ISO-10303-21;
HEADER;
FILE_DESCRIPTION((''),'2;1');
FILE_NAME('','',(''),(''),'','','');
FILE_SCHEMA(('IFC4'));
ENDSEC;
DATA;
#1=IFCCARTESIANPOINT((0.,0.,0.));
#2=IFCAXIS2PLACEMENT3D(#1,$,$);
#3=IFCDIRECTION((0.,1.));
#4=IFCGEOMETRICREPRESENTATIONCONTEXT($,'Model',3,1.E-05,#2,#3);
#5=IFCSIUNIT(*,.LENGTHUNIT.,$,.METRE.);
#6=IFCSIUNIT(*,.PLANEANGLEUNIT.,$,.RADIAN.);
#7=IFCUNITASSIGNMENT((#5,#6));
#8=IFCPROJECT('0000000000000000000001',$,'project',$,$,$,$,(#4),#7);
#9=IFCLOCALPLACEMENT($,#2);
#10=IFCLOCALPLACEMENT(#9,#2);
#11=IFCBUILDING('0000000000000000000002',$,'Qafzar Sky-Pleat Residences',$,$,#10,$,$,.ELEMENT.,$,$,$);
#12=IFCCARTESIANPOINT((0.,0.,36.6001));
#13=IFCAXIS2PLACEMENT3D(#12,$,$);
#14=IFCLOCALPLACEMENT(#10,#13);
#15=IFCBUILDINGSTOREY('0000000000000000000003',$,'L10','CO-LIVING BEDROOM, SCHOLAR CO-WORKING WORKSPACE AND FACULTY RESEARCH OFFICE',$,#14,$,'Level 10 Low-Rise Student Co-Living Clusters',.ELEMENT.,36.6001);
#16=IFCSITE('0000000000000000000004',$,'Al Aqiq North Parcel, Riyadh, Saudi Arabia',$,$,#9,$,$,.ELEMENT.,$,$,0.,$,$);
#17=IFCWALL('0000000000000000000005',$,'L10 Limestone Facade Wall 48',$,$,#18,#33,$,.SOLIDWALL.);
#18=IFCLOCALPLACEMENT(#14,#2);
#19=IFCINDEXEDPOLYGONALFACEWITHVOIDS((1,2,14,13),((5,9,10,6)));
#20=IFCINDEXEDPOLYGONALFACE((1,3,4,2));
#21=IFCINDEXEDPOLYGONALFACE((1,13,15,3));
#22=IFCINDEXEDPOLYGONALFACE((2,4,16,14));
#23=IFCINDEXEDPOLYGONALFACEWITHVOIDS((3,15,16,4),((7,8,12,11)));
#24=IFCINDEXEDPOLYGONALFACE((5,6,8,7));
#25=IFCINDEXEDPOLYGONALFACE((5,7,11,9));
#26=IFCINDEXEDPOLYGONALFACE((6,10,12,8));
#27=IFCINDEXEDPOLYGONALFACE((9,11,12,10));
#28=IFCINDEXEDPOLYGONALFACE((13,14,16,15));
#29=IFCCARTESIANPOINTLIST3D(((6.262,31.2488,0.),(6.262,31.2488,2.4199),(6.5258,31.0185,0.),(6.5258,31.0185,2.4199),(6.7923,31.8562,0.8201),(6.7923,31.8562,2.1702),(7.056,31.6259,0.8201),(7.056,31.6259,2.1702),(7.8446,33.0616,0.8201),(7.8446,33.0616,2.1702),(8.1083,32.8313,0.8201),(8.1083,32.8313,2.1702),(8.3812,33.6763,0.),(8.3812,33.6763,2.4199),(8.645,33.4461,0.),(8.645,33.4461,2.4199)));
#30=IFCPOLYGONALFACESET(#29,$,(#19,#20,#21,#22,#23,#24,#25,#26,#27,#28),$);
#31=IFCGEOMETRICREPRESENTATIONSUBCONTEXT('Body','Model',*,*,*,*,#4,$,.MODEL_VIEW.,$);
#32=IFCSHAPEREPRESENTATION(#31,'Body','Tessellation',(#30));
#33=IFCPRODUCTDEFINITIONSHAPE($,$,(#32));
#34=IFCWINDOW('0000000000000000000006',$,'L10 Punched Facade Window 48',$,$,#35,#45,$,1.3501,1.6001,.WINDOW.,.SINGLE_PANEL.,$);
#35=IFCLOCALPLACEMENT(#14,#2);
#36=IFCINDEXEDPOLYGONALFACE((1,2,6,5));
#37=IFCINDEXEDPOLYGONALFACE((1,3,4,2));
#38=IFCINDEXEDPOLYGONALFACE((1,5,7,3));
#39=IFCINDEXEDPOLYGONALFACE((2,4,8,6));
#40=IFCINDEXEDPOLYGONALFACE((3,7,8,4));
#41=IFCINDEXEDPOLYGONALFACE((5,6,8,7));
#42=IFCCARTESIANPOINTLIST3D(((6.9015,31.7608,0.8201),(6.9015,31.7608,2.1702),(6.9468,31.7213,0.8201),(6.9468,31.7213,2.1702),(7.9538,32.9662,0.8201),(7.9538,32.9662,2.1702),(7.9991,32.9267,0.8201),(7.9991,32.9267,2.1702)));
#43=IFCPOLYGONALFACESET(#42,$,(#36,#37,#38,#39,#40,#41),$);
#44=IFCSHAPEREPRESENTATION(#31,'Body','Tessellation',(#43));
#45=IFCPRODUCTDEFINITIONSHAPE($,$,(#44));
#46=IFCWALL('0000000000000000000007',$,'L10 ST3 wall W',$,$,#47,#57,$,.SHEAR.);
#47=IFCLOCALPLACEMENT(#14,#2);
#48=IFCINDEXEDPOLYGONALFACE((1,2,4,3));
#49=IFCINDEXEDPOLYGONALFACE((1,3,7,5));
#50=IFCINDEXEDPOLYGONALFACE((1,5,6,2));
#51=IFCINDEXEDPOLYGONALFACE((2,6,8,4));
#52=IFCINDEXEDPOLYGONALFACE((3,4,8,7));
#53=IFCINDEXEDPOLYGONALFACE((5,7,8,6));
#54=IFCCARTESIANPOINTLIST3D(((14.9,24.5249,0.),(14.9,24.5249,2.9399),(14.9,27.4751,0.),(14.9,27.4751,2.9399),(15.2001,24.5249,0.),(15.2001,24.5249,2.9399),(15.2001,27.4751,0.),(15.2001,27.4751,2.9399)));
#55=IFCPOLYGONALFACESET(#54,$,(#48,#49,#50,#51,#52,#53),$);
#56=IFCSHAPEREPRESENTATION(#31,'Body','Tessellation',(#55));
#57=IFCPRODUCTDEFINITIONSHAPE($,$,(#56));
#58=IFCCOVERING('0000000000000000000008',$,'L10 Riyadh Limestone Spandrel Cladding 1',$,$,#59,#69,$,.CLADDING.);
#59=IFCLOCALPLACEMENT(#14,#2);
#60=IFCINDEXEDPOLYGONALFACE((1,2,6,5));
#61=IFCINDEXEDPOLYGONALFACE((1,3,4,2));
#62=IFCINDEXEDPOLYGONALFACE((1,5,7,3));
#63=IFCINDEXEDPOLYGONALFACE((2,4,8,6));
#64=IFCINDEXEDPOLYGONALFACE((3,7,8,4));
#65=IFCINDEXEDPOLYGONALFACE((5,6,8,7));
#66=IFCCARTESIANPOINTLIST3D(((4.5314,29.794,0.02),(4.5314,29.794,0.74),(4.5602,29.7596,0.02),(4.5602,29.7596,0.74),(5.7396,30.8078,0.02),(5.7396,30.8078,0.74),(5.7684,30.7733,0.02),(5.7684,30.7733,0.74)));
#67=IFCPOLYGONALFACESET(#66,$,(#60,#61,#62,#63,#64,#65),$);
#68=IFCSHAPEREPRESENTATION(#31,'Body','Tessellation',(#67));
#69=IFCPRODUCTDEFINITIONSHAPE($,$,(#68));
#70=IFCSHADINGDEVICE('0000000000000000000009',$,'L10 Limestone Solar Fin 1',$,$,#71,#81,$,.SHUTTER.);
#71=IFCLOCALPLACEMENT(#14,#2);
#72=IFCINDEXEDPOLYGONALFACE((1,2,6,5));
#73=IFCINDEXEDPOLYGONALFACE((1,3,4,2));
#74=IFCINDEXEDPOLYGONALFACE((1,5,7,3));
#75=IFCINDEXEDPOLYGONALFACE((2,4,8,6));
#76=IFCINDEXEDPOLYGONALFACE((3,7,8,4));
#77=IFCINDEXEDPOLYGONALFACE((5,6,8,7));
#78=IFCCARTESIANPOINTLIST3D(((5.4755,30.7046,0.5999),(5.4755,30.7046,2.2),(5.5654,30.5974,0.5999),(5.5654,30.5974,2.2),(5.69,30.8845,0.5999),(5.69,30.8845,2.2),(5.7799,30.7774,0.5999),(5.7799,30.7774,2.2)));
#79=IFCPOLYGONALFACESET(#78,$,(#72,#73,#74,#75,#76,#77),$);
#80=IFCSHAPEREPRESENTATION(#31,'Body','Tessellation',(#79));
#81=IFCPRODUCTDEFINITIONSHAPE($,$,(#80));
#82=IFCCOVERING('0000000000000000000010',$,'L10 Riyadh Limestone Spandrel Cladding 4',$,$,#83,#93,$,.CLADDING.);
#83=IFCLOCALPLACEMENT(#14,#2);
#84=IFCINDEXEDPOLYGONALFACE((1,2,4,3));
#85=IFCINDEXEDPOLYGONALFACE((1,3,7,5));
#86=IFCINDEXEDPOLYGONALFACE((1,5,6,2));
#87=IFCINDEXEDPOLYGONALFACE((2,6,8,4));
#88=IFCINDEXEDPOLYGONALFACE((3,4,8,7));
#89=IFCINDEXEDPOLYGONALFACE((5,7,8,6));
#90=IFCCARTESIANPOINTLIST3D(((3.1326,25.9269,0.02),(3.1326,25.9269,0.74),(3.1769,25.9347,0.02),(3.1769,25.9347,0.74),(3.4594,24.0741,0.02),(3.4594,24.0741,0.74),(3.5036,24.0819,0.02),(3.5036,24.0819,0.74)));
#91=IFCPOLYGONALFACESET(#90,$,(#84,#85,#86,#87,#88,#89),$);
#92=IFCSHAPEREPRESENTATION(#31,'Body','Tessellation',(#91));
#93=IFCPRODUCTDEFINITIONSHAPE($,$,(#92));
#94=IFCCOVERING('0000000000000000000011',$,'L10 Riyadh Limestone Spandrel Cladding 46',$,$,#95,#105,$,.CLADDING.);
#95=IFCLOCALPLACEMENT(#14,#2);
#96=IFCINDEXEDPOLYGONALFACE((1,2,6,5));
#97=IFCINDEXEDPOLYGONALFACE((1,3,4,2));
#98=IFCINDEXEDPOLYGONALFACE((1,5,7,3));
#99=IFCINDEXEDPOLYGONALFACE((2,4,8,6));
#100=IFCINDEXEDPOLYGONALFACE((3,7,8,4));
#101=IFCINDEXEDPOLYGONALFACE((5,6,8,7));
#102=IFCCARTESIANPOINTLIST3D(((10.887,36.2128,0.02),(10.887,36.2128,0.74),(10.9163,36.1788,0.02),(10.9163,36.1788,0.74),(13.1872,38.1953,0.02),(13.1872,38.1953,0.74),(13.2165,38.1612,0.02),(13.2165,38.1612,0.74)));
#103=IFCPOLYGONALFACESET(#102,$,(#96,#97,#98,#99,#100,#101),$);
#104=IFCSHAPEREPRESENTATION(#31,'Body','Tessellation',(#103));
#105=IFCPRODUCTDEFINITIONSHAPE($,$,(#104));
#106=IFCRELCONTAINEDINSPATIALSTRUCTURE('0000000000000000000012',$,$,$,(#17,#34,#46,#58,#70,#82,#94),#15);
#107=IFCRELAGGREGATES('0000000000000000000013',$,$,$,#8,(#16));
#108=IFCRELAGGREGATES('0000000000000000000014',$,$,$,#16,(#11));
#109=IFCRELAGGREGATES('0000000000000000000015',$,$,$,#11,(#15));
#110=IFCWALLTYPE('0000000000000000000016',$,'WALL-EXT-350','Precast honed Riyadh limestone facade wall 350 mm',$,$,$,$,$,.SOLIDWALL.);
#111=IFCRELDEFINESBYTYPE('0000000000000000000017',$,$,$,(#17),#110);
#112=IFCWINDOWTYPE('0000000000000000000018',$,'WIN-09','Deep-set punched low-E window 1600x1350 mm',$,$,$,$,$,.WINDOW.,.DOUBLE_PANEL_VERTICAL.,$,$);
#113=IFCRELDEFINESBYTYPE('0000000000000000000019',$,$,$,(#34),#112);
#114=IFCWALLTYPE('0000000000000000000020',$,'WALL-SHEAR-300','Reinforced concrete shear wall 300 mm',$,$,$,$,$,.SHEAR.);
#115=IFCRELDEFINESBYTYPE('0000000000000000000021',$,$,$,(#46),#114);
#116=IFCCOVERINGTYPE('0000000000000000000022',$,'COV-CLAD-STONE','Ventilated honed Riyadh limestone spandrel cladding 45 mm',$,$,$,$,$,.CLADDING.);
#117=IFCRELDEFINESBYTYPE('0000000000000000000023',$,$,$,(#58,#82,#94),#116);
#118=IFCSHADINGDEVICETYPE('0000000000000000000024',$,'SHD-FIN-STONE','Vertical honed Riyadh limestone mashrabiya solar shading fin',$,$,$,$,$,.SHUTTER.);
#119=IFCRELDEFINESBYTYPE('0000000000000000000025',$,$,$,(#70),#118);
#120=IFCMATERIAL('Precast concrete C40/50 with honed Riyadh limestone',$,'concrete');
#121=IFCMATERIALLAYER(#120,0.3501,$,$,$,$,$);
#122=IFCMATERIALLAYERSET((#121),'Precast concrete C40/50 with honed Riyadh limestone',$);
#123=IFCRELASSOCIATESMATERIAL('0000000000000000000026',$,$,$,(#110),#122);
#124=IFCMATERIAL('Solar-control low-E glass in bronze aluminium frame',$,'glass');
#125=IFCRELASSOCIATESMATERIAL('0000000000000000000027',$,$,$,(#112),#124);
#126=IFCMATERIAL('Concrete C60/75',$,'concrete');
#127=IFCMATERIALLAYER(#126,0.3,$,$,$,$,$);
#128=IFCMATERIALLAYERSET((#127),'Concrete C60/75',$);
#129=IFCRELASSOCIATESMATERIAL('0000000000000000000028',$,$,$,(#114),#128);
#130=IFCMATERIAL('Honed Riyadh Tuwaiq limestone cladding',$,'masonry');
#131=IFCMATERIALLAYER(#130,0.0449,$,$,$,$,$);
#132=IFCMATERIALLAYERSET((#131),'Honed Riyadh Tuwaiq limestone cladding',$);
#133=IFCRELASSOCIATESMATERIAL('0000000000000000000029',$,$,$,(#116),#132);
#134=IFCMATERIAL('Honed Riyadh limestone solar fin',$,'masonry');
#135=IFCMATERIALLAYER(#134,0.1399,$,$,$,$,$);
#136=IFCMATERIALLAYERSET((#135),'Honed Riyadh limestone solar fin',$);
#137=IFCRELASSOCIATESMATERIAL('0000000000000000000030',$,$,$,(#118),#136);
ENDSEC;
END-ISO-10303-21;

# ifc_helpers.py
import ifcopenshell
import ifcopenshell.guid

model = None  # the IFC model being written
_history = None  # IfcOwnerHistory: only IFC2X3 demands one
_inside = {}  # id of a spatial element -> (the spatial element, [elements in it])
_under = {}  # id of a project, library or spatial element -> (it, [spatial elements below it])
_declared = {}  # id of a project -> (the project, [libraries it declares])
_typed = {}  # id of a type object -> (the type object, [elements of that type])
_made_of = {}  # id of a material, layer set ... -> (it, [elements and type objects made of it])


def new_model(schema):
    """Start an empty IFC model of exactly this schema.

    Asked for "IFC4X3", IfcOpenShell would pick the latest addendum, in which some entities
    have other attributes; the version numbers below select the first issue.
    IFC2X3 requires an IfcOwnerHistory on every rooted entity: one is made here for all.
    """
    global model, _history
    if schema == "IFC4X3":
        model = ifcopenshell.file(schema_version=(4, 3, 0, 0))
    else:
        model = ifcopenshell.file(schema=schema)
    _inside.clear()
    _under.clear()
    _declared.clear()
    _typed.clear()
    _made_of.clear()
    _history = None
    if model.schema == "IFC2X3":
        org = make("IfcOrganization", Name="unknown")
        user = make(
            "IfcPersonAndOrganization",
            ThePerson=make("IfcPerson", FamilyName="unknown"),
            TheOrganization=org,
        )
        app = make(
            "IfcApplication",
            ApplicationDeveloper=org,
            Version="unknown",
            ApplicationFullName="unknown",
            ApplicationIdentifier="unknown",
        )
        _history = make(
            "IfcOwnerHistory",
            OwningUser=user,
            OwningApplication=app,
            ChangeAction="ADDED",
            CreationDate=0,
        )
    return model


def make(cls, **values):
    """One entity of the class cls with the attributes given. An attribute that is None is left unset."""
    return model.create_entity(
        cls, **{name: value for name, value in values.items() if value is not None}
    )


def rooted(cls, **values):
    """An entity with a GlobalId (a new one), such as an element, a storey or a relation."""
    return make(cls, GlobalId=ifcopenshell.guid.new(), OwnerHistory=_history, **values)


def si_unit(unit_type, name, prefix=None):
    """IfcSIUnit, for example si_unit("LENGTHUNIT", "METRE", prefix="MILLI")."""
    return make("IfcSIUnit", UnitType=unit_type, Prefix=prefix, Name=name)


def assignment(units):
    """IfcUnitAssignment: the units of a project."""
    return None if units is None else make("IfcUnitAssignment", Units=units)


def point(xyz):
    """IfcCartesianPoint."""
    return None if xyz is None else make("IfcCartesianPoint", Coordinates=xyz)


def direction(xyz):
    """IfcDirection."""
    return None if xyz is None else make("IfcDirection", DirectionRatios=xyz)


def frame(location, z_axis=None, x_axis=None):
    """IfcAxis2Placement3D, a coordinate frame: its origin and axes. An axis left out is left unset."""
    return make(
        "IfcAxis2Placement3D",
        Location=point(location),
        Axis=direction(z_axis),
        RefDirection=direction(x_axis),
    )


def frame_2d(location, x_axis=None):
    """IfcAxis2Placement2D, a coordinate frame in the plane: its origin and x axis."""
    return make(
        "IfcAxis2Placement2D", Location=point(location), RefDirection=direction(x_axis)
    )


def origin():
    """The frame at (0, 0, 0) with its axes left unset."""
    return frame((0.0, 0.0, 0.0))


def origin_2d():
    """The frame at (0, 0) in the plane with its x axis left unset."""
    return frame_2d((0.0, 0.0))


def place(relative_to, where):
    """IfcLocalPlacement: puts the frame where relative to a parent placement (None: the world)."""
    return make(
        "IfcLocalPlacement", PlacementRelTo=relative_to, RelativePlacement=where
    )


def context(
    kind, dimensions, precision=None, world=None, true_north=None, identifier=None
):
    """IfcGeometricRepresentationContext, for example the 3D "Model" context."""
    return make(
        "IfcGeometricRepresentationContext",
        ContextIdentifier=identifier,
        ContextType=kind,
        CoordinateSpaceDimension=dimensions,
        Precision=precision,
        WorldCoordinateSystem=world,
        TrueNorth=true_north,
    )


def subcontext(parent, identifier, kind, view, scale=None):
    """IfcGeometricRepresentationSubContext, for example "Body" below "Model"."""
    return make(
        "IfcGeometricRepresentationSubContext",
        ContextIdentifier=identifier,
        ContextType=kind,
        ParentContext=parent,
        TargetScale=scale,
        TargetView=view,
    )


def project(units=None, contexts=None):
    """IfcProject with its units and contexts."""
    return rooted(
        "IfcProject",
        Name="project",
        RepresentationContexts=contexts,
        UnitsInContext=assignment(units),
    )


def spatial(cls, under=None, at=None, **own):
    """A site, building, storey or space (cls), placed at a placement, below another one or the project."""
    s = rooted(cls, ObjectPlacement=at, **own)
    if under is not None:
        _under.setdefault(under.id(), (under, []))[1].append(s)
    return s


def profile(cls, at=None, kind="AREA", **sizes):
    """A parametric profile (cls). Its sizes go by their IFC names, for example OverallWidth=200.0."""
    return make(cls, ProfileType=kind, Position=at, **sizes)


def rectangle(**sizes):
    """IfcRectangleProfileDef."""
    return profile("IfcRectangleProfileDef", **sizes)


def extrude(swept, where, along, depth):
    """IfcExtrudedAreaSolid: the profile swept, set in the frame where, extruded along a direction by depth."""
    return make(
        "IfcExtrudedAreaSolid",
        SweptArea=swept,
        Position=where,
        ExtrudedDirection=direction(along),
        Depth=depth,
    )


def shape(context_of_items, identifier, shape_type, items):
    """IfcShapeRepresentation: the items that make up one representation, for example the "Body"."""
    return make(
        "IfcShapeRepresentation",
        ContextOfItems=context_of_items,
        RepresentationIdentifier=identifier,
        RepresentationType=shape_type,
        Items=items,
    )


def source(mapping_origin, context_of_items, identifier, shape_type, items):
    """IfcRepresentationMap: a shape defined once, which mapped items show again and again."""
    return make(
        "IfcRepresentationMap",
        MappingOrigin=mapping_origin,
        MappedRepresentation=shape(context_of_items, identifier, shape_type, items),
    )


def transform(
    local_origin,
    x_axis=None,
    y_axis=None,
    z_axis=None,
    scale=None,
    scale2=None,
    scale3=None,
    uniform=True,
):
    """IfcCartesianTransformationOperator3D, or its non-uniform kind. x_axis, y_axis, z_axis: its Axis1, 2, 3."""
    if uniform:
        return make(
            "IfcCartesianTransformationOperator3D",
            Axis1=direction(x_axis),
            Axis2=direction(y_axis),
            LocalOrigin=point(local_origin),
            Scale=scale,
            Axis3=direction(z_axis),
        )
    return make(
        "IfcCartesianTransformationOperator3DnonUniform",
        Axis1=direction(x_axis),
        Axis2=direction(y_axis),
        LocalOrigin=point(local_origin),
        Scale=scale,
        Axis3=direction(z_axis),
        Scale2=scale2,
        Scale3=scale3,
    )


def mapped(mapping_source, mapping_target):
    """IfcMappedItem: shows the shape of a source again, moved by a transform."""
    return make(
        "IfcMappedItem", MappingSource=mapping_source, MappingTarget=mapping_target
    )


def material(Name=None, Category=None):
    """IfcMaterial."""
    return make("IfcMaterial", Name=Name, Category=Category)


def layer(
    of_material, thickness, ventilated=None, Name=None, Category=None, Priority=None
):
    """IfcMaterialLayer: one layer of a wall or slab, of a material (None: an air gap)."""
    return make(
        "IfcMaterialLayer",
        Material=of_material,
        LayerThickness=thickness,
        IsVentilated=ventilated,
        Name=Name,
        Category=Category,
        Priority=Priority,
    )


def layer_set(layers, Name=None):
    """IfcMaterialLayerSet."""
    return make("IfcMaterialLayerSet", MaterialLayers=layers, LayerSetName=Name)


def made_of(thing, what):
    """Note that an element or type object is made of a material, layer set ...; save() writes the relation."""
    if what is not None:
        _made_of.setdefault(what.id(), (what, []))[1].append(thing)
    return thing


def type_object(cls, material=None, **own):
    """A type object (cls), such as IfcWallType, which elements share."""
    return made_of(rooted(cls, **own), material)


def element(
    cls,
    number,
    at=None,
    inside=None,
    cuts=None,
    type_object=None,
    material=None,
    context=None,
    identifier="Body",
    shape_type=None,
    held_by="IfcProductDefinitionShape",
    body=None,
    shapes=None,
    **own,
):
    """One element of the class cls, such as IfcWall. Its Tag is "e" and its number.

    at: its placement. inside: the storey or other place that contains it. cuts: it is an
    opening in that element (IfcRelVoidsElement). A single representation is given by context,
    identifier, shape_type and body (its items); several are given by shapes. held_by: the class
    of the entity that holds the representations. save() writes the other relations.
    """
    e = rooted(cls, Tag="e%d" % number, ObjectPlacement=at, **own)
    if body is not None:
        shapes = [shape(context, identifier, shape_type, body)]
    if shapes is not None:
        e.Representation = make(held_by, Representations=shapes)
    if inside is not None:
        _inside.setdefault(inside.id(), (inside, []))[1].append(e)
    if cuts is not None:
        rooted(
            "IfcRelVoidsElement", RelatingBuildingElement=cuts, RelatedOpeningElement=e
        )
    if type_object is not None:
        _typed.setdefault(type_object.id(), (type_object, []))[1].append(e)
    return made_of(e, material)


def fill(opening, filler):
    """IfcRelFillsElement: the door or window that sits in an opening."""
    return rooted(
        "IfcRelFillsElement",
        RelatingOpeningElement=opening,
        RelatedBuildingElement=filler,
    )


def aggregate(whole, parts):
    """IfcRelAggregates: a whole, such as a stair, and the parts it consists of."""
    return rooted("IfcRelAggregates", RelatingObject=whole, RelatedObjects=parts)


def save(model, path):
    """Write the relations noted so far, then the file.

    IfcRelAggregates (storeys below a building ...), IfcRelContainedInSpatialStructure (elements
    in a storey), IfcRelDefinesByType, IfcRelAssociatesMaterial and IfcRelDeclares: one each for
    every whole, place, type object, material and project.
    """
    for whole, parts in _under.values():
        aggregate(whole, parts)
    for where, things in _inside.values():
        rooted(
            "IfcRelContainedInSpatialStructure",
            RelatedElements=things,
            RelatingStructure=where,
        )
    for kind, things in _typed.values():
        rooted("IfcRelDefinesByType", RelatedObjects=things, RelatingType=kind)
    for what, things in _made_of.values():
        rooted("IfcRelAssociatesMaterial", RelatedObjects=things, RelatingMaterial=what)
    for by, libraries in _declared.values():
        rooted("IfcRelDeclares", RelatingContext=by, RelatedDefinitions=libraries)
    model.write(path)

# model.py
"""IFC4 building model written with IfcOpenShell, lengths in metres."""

from ifc_helpers import new_model, si_unit, direction, frame, frame_2d, origin, origin_2d, place, context, subcontext, project, spatial, rectangle, extrude, source, transform, mapped, material, layer, layer_set, type_object, element, fill, save


model = new_model("IFC4")

# Units and contexts
model_context = context("Model", 3, precision=1e-05, world=origin(), true_north=direction((0.0, 1.0)))
body_context = subcontext(model_context, "Body", "Model", "MODEL_VIEW")
ifc_project = project(units=[si_unit("LENGTHUNIT", "METRE"), si_unit("PLANEANGLEUNIT", "RADIAN")], contexts=[model_context])

# Site, building, storey
site_placement = place(None, origin())
site = spatial("IfcSite", under=ifc_project, at=site_placement, Name="Al Aqiq North Parcel, Riyadh, Saudi Arabia", CompositionType="ELEMENT", RefElevation=0.0)
building_placement = place(site_placement, origin())
building = spatial("IfcBuilding", under=site, at=building_placement, Name="Qafzar Sky-Pleat Residences", CompositionType="ELEMENT")
storey_placement = place(building_placement, frame((0.0, 0.0, 36.6001)))
storey = spatial("IfcBuildingStorey", under=building, at=storey_placement, Name="L10", Description="CO-LIVING BEDROOM, SCHOLAR CO-WORKING WORKSPACE AND FACULTY RESEARCH OFFICE", LongName="Level 10 Low-Rise Student Co-Living Clusters", CompositionType="ELEMENT", Elevation=36.6001)

# Shared definitions
ifc_material_1 = material(Name="Concrete C60/75", Category="concrete")

# Wall, opening, window
ifc_material_2 = material(Name="Precast concrete C40/50 with honed Riyadh limestone", Category="concrete")
ifc_layer_1 = layer(ifc_material_2, 0.3501)
ifc_layer_set_1 = layer_set([ifc_layer_1], Name="Precast concrete C40/50 with honed Riyadh limestone")
wall_type_1 = type_object("IfcWallType", Name="WALL-EXT-350", Description="Precast honed Riyadh limestone facade wall 350 mm", PredefinedType="SOLIDWALL", material=ifc_layer_set_1)
ifc_material_3 = material(Name="Solar-control low-E glass in bronze aluminium frame", Category="glass")
wall_1_placement = place(storey_placement, frame((8.5132, 33.5613, 0.0), z_axis=(0.0, 0.0, 1.0), x_axis=(-0.657641, -0.753332, 0.0)))
wall_1 = element("IfcWall", 1, at=wall_1_placement, inside=storey, type_object=wall_type_1, Name="L10 Limestone Facade Wall 48", PredefinedType="SOLIDWALL", context=body_context, shape_type="SweptSolid", body=[
    extrude(rectangle(XDim=3.2224, YDim=0.3501, at=frame_2d((1.6113, 0.0))), origin(), (0.0, 0.0, 1.0), 2.4199),
])
opening_1_placement = place(wall_1_placement, frame((0.8162, 0.0, 0.8201)))
opening_1 = element("IfcOpeningElement", 2, at=opening_1_placement, cuts=wall_1, PredefinedType="OPENING", context=body_context, shape_type="SweptSolid", body=[
    extrude(rectangle(XDim=1.6001, YDim=1.3501, at=frame_2d((0.8, 0.675))), frame((0.0, 0.1851, 0.0), z_axis=(0.0, -1.0, 0.0), x_axis=(1.0, 0.0, 0.0)), (0.0, 0.0, 1.0), 0.3701),
])
window_type_1 = type_object("IfcWindowType", Name="WIN-09", Description="Deep-set punched low-E window 1600x1350 mm", PartitioningType="DOUBLE_PANEL_VERTICAL", PredefinedType="WINDOW", material=ifc_material_3)
shared_shape_1 = source(origin(), body_context, "Body", "SweptSolid", [
    extrude(rectangle(XDim=1.6001, YDim=1.3501, at=frame_2d((0.8, 0.675))), frame((0.0, 0.03, 0.0), z_axis=(0.0, -1.0, 0.0), x_axis=(1.0, 0.0, 0.0)), (0.0, 0.0, 1.0), 0.0601),
])
window_1_placement = place(opening_1_placement, origin())
window_1 = element("IfcWindow", 3, at=window_1_placement, inside=storey, type_object=window_type_1, Name="L10 Punched Facade Window 48", OverallHeight=1.3501, OverallWidth=1.6001, PartitioningType="SINGLE_PANEL", PredefinedType="WINDOW", context=body_context, shape_type="MappedRepresentation", body=[
    mapped(shared_shape_1, transform((0.0, 0.0, 0.0), x_axis=(1.0, 0.0, 0.0), y_axis=(0.0, 1.0, 0.0), z_axis=(0.0, 0.0, 1.0), scale=1.0)),
])
fill(opening_1, window_1)

# Wall
ifc_layer_2 = layer(ifc_material_1, 0.3)
ifc_layer_set_2 = layer_set([ifc_layer_2], Name="Concrete C60/75")
wall_type_2 = type_object("IfcWallType", Name="WALL-SHEAR-300", Description="Reinforced concrete shear wall 300 mm", PredefinedType="SHEAR", material=ifc_layer_set_2)
wall_2_placement = place(storey_placement, frame((15.05, 27.4751, 0.0), z_axis=(0.0, 0.0, 1.0), x_axis=(0.0, -1.0, 0.0)))
element("IfcWall", 4, at=wall_2_placement, inside=storey, type_object=wall_type_2, Name="L10 ST3 wall W", PredefinedType="SHEAR", context=body_context, shape_type="SweptSolid", body=[
    extrude(rectangle(XDim=2.9502, YDim=0.3, at=frame_2d((1.4751, 0.0))), origin(), (0.0, 0.0, 1.0), 2.9399),
])

# Covering
ifc_material_4 = material(Name="Honed Riyadh Tuwaiq limestone cladding", Category="masonry")
ifc_layer_3 = layer(ifc_material_4, 0.0449)
ifc_layer_set_3 = layer_set([ifc_layer_3], Name="Honed Riyadh Tuwaiq limestone cladding")
covering_type = type_object("IfcCoveringType", Name="COV-CLAD-STONE", Description="Ventilated honed Riyadh limestone spandrel cladding 45 mm", PredefinedType="CLADDING", material=ifc_layer_set_3)
shared_shape_2 = source(origin(), body_context, "Body", "SweptSolid", [
    extrude(rectangle(XDim=1.5771, YDim=0.0449, at=origin_2d()), origin(), (0.0, 0.0, 1.0), 0.72),
])
covering_1_placement = place(storey_placement, frame((5.1499, 30.2837, 0.02), z_axis=(0.0, 0.0, 1.0), x_axis=(-0.766075, -0.642752, 0.0)))
element("IfcCovering", 5, at=covering_1_placement, inside=storey, type_object=covering_type, Name="L10 Riyadh Limestone Spandrel Cladding 1", PredefinedType="CLADDING", context=body_context, shape_type="MappedRepresentation", body=[
    mapped(shared_shape_2, transform((0.0, 0.0, 0.0), x_axis=(1.0, 0.0, 0.0), y_axis=(0.0, 1.0, 0.0), z_axis=(0.0, 0.0, 1.0), scale=1.0)),
])

# Shading device
ifc_material_5 = material(Name="Honed Riyadh limestone solar fin", Category="masonry")
ifc_layer_4 = layer(ifc_material_5, 0.1399)
ifc_layer_set_4 = layer_set([ifc_layer_4], Name="Honed Riyadh limestone solar fin")
shading_device_type = type_object("IfcShadingDeviceType", Name="SHD-FIN-STONE", Description="Vertical honed Riyadh limestone mashrabiya solar shading fin", PredefinedType="SHUTTER", material=ifc_layer_set_4)
shared_shape_3 = source(origin(), body_context, "Body", "SweptSolid", [
    extrude(rectangle(XDim=0.1399, YDim=0.28, at=origin_2d()), origin(), (0.0, 0.0, 1.0), 1.6001),
])
shading_device_placement = place(storey_placement, frame((5.6277, 30.741, 0.5999), z_axis=(0.0, 0.0, 1.0), x_axis=(-0.642754, 0.766072, 0.0)))
element("IfcShadingDevice", 6, at=shading_device_placement, inside=storey, type_object=shading_device_type, Name="L10 Limestone Solar Fin 1", PredefinedType="SHUTTER", context=body_context, shape_type="MappedRepresentation", body=[
    mapped(shared_shape_3, transform((0.0, 0.0, 0.0), x_axis=(1.0, 0.0, 0.0), y_axis=(0.0, 1.0, 0.0), z_axis=(0.0, 0.0, 1.0), scale=1.0)),
])

# Coverings
shared_shape_4 = source(origin(), body_context, "Body", "SweptSolid", [
    extrude(rectangle(XDim=1.8813, YDim=0.0449, at=origin_2d()), origin(), (0.0, 0.0, 1.0), 0.72),
])
covering_2_placement = place(storey_placement, frame((3.3181, 25.0044, 0.02), z_axis=(0.0, 0.0, 1.0), x_axis=(0.173663, -0.984805, 0.0)))
element("IfcCovering", 7, at=covering_2_placement, inside=storey, type_object=covering_type, Name="L10 Riyadh Limestone Spandrel Cladding 4", PredefinedType="CLADDING", context=body_context, shape_type="MappedRepresentation", body=[
    mapped(shared_shape_4, transform((0.0, 0.0, 0.0), x_axis=(1.0, 0.0, 0.0), y_axis=(0.0, 1.0, 0.0), z_axis=(0.0, 0.0, 1.0), scale=1.0)),
])
shared_shape_5 = source(origin(), body_context, "Body", "SweptSolid", [
    extrude(rectangle(XDim=3.0366, YDim=0.0449, at=origin_2d()), origin(), (0.0, 0.0, 1.0), 0.72),
])
covering_3_placement = place(storey_placement, frame((12.0518, 37.187, 0.02), z_axis=(0.0, 0.0, 1.0), x_axis=(-0.757482, -0.652856, 0.0)))
element("IfcCovering", 8, at=covering_3_placement, inside=storey, type_object=covering_type, Name="L10 Riyadh Limestone Spandrel Cladding 46", PredefinedType="CLADDING", context=body_context, shape_type="MappedRepresentation", body=[
    mapped(shared_shape_5, transform((0.0, 0.0, 0.0), x_axis=(1.0, 0.0, 0.0), y_axis=(0.0, 1.0, 0.0), z_axis=(0.0, 0.0, 1.0), scale=1.0)),
])

save(model, "model.ifc")
